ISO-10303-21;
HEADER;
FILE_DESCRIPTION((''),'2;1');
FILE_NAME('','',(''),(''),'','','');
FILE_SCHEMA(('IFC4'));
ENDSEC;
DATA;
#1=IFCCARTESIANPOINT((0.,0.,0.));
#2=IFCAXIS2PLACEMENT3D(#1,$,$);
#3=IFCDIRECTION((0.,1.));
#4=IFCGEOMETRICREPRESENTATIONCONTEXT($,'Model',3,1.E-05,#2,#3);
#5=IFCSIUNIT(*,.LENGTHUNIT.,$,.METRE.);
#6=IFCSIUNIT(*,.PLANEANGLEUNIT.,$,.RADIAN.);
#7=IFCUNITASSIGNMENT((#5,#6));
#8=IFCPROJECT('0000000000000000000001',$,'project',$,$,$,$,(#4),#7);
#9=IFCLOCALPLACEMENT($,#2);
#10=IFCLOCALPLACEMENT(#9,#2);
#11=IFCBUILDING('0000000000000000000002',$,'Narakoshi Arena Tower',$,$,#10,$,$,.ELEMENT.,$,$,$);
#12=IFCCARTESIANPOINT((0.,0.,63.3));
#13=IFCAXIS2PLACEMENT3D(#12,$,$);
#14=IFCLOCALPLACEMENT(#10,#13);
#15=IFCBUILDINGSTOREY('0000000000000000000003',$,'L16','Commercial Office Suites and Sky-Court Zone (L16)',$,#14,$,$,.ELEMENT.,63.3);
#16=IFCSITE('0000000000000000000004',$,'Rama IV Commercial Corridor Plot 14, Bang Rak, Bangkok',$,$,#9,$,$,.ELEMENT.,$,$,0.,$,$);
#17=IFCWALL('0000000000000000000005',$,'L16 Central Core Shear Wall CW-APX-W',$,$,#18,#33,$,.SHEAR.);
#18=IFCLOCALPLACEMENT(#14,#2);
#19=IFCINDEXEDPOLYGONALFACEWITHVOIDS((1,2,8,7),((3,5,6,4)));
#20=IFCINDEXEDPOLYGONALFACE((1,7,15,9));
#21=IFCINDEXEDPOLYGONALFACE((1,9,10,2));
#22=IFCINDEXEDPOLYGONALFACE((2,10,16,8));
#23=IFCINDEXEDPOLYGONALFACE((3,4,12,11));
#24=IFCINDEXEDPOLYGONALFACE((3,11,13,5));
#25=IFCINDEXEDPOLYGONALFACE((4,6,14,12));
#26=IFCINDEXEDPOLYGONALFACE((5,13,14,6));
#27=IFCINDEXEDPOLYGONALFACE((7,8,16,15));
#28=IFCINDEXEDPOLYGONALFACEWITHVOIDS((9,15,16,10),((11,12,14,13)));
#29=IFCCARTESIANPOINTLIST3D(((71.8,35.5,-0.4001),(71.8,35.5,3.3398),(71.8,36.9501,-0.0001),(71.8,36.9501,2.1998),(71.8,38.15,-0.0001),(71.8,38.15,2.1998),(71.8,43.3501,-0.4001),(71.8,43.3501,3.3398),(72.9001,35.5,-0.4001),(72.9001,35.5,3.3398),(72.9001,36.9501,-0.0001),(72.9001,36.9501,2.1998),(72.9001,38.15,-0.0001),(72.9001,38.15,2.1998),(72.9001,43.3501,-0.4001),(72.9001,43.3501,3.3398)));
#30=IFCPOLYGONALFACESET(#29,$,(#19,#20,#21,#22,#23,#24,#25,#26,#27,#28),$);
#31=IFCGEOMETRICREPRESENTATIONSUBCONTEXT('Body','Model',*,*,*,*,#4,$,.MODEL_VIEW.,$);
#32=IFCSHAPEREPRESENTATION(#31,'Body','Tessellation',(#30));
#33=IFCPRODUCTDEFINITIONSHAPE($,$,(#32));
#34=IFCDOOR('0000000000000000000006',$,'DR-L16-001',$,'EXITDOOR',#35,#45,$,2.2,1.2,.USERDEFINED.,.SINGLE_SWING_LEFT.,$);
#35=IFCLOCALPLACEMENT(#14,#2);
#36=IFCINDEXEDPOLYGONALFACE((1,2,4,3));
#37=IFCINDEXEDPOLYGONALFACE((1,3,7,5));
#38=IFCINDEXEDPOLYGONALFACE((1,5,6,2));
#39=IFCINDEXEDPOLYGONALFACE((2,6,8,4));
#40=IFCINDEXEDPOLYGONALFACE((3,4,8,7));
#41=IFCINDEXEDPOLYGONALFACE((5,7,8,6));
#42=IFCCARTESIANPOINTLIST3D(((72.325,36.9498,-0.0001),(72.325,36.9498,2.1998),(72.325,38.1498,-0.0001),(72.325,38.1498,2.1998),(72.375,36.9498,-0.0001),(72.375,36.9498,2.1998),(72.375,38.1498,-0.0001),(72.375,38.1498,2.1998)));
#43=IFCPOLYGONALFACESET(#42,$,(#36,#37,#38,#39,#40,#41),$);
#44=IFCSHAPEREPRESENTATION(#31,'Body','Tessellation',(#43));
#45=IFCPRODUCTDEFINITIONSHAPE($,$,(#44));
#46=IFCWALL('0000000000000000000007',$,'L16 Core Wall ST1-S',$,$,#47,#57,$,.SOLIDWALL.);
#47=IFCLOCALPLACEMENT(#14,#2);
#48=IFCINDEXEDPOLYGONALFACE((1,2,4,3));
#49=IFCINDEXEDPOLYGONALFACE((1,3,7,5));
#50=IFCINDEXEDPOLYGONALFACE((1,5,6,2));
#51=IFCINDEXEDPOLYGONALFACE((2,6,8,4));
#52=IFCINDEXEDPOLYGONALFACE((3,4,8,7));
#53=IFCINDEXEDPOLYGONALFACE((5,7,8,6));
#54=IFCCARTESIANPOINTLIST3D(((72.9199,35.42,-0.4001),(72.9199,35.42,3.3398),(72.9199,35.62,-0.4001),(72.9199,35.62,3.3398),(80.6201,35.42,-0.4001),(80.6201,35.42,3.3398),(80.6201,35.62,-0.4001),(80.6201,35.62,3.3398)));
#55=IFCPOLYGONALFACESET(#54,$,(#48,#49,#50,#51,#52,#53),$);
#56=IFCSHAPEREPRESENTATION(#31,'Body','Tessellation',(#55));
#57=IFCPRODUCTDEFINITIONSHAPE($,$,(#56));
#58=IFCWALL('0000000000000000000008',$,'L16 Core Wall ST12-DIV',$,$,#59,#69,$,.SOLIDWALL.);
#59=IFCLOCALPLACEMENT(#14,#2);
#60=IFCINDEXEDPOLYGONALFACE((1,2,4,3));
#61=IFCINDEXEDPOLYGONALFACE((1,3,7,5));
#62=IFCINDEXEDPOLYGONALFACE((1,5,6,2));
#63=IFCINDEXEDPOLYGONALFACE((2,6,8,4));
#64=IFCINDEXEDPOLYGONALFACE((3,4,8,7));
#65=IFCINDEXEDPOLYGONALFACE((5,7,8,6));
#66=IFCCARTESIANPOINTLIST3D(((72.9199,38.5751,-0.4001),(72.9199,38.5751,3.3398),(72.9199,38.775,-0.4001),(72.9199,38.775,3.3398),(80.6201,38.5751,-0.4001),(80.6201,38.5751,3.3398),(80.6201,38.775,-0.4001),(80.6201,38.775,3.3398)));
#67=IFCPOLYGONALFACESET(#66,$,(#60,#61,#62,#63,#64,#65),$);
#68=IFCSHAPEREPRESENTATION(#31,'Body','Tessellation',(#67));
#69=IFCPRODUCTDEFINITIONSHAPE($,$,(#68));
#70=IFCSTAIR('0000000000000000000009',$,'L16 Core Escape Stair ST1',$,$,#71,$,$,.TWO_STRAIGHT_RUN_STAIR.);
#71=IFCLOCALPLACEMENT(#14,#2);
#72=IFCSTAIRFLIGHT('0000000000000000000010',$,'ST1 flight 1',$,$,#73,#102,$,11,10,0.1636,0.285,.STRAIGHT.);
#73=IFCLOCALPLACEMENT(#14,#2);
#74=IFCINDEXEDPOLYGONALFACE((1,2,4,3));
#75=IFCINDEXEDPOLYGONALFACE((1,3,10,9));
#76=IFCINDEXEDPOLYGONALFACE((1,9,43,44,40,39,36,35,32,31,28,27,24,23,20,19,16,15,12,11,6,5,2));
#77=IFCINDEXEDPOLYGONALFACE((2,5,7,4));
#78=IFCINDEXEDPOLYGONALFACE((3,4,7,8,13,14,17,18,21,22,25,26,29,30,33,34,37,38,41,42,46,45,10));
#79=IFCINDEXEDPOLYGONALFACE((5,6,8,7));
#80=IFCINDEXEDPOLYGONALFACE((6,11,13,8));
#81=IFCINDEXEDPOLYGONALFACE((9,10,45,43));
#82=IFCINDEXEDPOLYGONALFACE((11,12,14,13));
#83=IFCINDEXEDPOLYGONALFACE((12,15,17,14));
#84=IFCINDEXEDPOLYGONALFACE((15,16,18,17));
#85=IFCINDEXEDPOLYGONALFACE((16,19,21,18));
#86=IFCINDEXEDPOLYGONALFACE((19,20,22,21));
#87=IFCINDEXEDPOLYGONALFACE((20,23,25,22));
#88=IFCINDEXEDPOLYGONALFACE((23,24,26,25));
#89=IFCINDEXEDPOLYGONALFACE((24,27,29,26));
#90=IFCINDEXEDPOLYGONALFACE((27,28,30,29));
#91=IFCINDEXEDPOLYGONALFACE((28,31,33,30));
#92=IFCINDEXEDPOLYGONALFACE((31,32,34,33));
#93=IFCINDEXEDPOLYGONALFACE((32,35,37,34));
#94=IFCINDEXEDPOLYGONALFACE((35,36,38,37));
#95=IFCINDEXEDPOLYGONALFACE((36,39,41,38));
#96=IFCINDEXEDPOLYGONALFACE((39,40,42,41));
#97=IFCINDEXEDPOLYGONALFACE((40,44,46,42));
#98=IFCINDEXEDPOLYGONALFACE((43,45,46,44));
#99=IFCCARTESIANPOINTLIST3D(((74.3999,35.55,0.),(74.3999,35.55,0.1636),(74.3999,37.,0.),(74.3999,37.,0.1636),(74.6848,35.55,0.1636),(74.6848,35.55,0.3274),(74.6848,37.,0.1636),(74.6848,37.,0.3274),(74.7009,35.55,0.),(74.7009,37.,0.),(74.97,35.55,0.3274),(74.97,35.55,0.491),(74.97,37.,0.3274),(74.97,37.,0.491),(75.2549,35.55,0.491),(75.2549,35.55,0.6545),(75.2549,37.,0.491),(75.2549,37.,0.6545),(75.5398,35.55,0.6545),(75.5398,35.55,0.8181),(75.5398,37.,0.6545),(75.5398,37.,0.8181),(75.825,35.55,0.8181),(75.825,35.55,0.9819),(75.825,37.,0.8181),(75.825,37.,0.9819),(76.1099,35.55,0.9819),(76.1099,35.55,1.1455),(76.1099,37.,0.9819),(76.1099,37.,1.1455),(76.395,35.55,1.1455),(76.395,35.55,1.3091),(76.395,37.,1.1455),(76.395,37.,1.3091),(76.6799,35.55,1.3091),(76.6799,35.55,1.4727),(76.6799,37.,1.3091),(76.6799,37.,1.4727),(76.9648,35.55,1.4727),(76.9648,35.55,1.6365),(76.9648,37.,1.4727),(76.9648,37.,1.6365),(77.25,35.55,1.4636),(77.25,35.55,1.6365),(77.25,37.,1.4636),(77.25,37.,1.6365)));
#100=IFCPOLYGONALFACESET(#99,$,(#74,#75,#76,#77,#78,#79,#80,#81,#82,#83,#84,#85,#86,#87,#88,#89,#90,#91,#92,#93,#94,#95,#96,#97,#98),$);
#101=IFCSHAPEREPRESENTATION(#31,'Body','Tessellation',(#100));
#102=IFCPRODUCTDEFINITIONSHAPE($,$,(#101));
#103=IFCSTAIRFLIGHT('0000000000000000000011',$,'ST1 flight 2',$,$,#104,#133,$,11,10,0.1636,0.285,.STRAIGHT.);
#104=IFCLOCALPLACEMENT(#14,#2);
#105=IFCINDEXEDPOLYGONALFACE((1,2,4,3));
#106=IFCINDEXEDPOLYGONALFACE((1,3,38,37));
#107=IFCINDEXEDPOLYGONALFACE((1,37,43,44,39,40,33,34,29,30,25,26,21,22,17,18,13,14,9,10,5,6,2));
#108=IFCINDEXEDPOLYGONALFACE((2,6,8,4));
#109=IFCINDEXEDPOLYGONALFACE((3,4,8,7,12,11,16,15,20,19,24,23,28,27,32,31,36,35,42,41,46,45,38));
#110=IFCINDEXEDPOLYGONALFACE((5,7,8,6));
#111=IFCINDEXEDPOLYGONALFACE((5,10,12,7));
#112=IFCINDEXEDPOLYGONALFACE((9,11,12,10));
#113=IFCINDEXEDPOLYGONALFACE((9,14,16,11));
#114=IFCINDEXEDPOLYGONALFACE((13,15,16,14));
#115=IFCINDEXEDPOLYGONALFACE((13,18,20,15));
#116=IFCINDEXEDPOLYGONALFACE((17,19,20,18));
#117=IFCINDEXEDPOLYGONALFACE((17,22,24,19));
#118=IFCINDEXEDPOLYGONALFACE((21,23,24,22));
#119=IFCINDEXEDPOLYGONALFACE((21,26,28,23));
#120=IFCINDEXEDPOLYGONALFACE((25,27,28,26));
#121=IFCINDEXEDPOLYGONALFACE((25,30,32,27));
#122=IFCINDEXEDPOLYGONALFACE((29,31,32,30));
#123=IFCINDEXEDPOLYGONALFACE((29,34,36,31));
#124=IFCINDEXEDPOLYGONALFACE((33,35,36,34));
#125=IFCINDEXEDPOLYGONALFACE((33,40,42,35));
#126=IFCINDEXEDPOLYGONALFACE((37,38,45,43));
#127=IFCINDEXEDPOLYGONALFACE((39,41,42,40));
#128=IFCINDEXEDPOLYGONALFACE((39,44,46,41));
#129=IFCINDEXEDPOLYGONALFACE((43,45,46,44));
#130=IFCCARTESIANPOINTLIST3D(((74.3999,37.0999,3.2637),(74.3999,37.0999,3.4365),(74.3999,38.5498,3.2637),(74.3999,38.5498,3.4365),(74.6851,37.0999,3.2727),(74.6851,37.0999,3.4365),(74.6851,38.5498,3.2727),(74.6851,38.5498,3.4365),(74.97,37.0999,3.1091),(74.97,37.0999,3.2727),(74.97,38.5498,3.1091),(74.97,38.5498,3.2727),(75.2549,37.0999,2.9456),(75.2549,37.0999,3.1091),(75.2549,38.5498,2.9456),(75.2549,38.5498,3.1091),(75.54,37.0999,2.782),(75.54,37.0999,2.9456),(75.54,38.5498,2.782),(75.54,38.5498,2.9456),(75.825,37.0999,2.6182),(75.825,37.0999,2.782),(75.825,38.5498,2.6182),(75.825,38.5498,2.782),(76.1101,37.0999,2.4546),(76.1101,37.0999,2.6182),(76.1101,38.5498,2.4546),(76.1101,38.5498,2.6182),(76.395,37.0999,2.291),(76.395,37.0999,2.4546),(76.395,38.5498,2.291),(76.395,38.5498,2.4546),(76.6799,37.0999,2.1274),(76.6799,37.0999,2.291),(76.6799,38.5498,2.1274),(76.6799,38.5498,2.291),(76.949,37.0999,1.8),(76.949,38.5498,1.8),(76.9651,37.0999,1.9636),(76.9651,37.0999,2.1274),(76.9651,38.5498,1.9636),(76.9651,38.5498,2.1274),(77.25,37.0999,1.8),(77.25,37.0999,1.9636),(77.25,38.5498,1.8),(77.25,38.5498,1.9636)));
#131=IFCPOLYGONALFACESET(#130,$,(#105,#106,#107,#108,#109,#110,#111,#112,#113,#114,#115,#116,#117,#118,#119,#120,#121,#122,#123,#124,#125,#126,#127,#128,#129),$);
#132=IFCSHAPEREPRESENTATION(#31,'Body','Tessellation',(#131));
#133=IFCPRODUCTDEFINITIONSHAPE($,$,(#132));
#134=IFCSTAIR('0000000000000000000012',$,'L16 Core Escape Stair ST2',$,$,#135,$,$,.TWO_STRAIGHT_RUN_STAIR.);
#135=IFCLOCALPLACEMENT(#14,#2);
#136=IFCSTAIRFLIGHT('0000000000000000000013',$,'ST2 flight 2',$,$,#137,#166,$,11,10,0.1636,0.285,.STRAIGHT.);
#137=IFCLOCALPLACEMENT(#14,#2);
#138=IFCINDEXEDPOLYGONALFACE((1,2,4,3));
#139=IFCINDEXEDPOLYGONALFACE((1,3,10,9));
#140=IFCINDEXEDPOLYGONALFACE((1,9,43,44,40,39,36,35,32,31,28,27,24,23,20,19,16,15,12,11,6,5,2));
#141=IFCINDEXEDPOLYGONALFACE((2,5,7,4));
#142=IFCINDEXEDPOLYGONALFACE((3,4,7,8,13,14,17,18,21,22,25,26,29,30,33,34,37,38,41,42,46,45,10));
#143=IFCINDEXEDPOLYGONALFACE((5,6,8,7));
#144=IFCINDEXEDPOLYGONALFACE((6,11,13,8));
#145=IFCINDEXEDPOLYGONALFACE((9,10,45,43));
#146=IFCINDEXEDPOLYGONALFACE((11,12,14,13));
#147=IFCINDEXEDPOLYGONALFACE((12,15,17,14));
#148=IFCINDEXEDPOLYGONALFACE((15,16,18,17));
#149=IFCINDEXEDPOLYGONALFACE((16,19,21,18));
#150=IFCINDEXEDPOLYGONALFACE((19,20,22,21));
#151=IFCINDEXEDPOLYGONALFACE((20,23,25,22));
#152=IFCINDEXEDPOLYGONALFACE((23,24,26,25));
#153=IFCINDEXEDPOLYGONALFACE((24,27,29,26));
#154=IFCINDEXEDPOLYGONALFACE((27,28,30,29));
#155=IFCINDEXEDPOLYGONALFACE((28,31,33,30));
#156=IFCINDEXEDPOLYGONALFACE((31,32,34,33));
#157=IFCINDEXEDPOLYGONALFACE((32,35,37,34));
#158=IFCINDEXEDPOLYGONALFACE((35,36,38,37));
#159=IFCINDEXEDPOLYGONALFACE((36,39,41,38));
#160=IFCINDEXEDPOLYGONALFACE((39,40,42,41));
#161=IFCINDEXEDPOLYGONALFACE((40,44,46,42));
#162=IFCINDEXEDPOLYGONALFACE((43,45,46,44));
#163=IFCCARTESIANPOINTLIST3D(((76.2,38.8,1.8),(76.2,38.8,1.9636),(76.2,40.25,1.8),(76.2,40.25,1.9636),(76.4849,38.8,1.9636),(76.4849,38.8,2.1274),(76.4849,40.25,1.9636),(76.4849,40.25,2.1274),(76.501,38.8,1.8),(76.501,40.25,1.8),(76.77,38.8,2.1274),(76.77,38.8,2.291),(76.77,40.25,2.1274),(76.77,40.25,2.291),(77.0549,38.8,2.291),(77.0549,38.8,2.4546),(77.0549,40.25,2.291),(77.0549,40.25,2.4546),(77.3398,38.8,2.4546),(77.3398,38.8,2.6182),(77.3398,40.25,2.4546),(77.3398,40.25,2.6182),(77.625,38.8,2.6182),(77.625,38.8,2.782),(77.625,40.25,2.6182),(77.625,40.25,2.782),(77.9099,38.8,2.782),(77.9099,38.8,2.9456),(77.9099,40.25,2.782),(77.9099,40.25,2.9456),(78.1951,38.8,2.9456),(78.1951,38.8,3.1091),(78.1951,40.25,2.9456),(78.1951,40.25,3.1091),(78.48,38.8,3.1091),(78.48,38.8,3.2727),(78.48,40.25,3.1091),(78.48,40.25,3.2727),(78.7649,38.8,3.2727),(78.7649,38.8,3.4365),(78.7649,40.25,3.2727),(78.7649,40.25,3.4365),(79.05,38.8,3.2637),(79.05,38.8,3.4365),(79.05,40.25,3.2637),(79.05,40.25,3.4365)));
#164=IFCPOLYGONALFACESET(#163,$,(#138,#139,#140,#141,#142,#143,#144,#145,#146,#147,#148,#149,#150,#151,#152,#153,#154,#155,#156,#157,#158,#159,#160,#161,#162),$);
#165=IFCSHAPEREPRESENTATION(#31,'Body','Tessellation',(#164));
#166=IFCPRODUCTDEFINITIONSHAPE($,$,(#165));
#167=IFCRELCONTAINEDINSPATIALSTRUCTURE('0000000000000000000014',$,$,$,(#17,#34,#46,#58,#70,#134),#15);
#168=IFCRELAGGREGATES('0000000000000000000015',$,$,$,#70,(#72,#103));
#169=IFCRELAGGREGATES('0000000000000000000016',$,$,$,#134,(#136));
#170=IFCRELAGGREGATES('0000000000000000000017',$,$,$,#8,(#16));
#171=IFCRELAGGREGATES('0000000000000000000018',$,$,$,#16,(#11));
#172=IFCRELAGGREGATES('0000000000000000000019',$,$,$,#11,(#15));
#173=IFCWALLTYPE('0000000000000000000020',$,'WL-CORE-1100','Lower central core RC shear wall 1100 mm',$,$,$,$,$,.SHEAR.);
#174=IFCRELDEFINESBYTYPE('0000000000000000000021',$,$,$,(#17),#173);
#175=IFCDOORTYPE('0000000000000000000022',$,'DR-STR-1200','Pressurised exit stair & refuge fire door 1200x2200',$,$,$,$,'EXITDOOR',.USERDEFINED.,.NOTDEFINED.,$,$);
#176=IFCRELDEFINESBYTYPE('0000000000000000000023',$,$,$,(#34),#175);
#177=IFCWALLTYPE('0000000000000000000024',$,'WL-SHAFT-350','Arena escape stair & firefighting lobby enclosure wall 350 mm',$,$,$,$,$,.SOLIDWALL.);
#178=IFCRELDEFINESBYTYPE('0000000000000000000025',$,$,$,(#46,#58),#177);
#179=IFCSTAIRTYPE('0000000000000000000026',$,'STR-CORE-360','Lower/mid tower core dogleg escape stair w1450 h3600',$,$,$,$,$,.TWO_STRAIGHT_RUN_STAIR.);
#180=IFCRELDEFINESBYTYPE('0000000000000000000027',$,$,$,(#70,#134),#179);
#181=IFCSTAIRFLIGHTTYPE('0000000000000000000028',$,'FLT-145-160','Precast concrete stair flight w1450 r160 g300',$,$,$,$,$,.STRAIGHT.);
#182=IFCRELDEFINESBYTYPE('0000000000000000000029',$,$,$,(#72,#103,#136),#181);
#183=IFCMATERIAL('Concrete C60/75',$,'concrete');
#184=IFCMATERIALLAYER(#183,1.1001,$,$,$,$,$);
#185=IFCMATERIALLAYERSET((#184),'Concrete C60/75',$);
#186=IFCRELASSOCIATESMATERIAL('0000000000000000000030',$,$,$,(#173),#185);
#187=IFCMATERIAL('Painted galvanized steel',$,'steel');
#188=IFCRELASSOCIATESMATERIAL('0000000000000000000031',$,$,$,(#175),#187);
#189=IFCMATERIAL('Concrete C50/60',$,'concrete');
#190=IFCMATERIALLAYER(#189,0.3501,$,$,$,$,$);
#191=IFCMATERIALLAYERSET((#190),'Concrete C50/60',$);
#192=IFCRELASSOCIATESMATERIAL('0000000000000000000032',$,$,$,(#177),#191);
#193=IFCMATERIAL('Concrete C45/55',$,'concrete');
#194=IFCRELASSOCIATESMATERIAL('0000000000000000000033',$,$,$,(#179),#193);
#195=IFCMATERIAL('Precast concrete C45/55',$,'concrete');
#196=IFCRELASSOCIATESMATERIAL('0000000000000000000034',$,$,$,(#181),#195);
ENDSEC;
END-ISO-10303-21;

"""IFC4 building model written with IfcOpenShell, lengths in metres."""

from ifc_helpers import new_model, si_unit, direction, frame, frame_2d, origin, place, context, subcontext, project, spatial, polyline, rectangle, outline, extrude, material, layer, layer_set, type_object, element, fill, aggregate, save


model = new_model("IFC4")

# Units and contexts
model_context = context("Model", 3, precision=1e-05, world=origin(), true_north=direction((0.0, 1.0)))
body_context = subcontext(model_context, "Body", "Model", "MODEL_VIEW")
ifc_project = project(units=[si_unit("LENGTHUNIT", "METRE"), si_unit("PLANEANGLEUNIT", "RADIAN")], contexts=[model_context])

# Site, building, storey
site_placement = place(None, origin())
site = spatial("IfcSite", under=ifc_project, at=site_placement, Name="Rama IV Commercial Corridor Plot 14, Bang Rak, Bangkok", CompositionType="ELEMENT", RefElevation=0.0)
building_placement = place(site_placement, origin())
building = spatial("IfcBuilding", under=site, at=building_placement, Name="Narakoshi Arena Tower", CompositionType="ELEMENT")
storey_placement = place(building_placement, frame((0.0, 0.0, 63.3)))
storey = spatial("IfcBuildingStorey", under=building, at=storey_placement, Name="L16", Description="Commercial Office Suites and Sky-Court Zone (L16)", CompositionType="ELEMENT", Elevation=63.3)

# Wall, opening, door
ifc_material_1 = material(Name="Concrete C60/75", Category="concrete")
ifc_layer_1 = layer(ifc_material_1, 1.1001)
ifc_layer_set_1 = layer_set([ifc_layer_1], Name="Concrete C60/75")
wall_type_1 = type_object("IfcWallType", Name="WL-CORE-1100", Description="Lower central core RC shear wall 1100 mm", PredefinedType="SHEAR", material=ifc_layer_set_1)
wall_placement = place(storey_placement, frame((72.3501, 35.5, -0.4001), z_axis=(0.0, 0.0, 1.0), x_axis=(0.0, 1.0, 0.0)))
wall = element("IfcWall", 1, at=wall_placement, inside=storey, type_object=wall_type_1, Name="L16 Central Core Shear Wall CW-APX-W", PredefinedType="SHEAR", context=body_context, shape_type="SweptSolid", body=[
    extrude(rectangle(XDim=7.8501, YDim=1.1001, at=frame_2d((3.925, 0.0))), origin(), (0.0, 0.0, 1.0), 3.74),
])
opening_placement = place(wall_placement, frame((1.45, 0.0, 0.3999)))
opening = element("IfcOpeningElement", 2, at=opening_placement, cuts=wall, PredefinedType="OPENING", context=body_context, shape_type="SweptSolid", body=[
    extrude(rectangle(XDim=1.2, YDim=2.2, at=frame_2d((0.6001, 1.1001))), frame((0.0, 0.5601, 0.0), z_axis=(0.0, -1.0, 0.0), x_axis=(1.0, 0.0, 0.0)), (0.0, 0.0, 1.0), 1.1201),
])
ifc_material_2 = material(Name="Painted galvanized steel", Category="steel")
door_type = type_object("IfcDoorType", Name="DR-STR-1200", Description="Pressurised exit stair & refuge fire door 1200x2200", ElementType="EXITDOOR", OperationType="NOTDEFINED", PredefinedType="USERDEFINED", material=ifc_material_2)
door_placement = place(opening_placement, frame((1.2, 0.0, 0.0), z_axis=(0.0, 0.0, 1.0), x_axis=(-1.0, 0.0, 0.0)))
door = element("IfcDoor", 3, at=door_placement, inside=storey, type_object=door_type, Name="DR-L16-001", ObjectType="EXITDOOR", OperationType="SINGLE_SWING_LEFT", OverallHeight=2.2, OverallWidth=1.2, PredefinedType="USERDEFINED", context=body_context, shape_type="SweptSolid", body=[
    extrude(rectangle(XDim=1.2, YDim=2.2, at=frame_2d((0.6001, 1.1001))), frame((0.0, 0.0249, 0.0), z_axis=(0.0, -1.0, 0.0), x_axis=(1.0, 0.0, 0.0)), (0.0, 0.0, 1.0), 0.05),
])
fill(opening, door)

# Walls
ifc_material_3 = material(Name="Concrete C50/60", Category="concrete")
ifc_layer_2 = layer(ifc_material_3, 0.3501)
ifc_layer_set_2 = layer_set([ifc_layer_2], Name="Concrete C50/60")
wall_type_2 = type_object("IfcWallType", Name="WL-SHAFT-350", Description="Arena escape stair & firefighting lobby enclosure wall 350 mm", PredefinedType="SOLIDWALL", material=ifc_layer_set_2)
for number, where, z_axis, x_axis, name in (
    (4, (72.9199, 35.52, -0.4001), (0.0, 0.0, 1.0), (1.0, 0.0, 0.0), "L16 Core Wall ST1-S"),
    (5, (72.9199, 38.675, -0.4001), (0.0, 0.0, 1.0), (1.0, 0.0, 0.0), "L16 Core Wall ST12-DIV"),
):
    element("IfcWall", number, at=place(storey_placement, frame(where, z_axis=z_axis, x_axis=x_axis)), inside=storey, type_object=wall_type_2, Name=name, PredefinedType="SOLIDWALL", context=body_context, shape_type="SweptSolid", body=[
        extrude(rectangle(XDim=7.7002, YDim=0.2, at=frame_2d((3.8501, 0.0))), origin(), (0.0, 0.0, 1.0), 3.74),
    ])

# Stair, stair flights
ifc_material_4 = material(Name="Concrete C45/55", Category="concrete")
stair_type = type_object("IfcStairType", Name="STR-CORE-360", Description="Lower/mid tower core dogleg escape stair w1450 h3600", PredefinedType="TWO_STRAIGHT_RUN_STAIR", material=ifc_material_4)
stair_1_placement = place(storey_placement, origin())
stair_1 = element("IfcStair", 6, at=stair_1_placement, inside=storey, type_object=stair_type, Name="L16 Core Escape Stair ST1", PredefinedType="TWO_STRAIGHT_RUN_STAIR")
ifc_material_5 = material(Name="Precast concrete C45/55", Category="concrete")
stair_flight_type = type_object("IfcStairFlightType", Name="FLT-145-160", Description="Precast concrete stair flight w1450 r160 g300", PredefinedType="STRAIGHT", material=ifc_material_5)
stair_flight_1_placement = place(storey_placement, frame((74.3999, 36.2749, 0.0), z_axis=(0.0, 0.0, 1.0), x_axis=(1.0, 0.0, 0.0)))
stair_flight_1 = element("IfcStairFlight", 7, at=stair_flight_1_placement, type_object=stair_flight_type, Name="ST1 flight 1", NumberOfRisers=11, NumberOfTreads=10, PredefinedType="STRAIGHT", RiserHeight=0.1636, TreadLength=0.285, context=body_context, shape_type="SweptSolid", body=[
    extrude(outline(polyline([(0.0, 0.0), (0.0, 0.1636), (0.2849, 0.1636), (0.2849, 0.3274), (0.5701, 0.3274), (0.5701, 0.491), (0.855, 0.491), (0.855, 0.6545), (1.1399, 0.6545), (1.1399, 0.8181), (1.425, 0.8181), (1.425, 0.9819), (1.71, 0.9819), (1.71, 1.1455), (1.9951, 1.1455), (1.9951, 1.3091), (2.28, 1.3091), (2.28, 1.4727), (2.5649, 1.4727), (2.5649, 1.6365), (2.8501, 1.6365), (2.8501, 1.8), (2.8501, 1.4636), (0.301, 0.0), (0.0, 0.0)])), frame((0.0, 0.7251, 0.0), z_axis=(0.0, -1.0, 0.0), x_axis=(1.0, 0.0, 0.0)), (0.0, 0.0, 1.0), 1.45),
])
stair_flight_2_placement = place(storey_placement, frame((77.25, 37.825, 1.8), z_axis=(0.0, 0.0, 1.0), x_axis=(-1.0, 0.0, 0.0)))
stair_flight_2 = element("IfcStairFlight", 8, at=stair_flight_2_placement, type_object=stair_flight_type, Name="ST1 flight 2", NumberOfRisers=11, NumberOfTreads=10, PredefinedType="STRAIGHT", RiserHeight=0.1636, TreadLength=0.285, context=body_context, shape_type="SweptSolid", body=[
    extrude(outline(polyline([(0.0, 0.0), (0.0, 0.1636), (0.2849, 0.1636), (0.2849, 0.3274), (0.5701, 0.3274), (0.5701, 0.491), (0.855, 0.491), (0.855, 0.6545), (1.1399, 0.6545), (1.1399, 0.8181), (1.425, 0.8181), (1.425, 0.9819), (1.71, 0.9819), (1.71, 1.1455), (1.9951, 1.1455), (1.9951, 1.3091), (2.28, 1.3091), (2.28, 1.4727), (2.5649, 1.4727), (2.5649, 1.6365), (2.8501, 1.6365), (2.8501, 1.8), (2.8501, 1.4636), (0.301, 0.0), (0.0, 0.0)])), frame((0.0, 0.7251, 0.0), z_axis=(0.0, -1.0, 0.0), x_axis=(1.0, 0.0, 0.0)), (0.0, 0.0, 1.0), 1.45),
])
aggregate(stair_1, [stair_flight_1, stair_flight_2])

# Stair, stair flight
stair_2_placement = place(storey_placement, origin())
stair_2 = element("IfcStair", 9, at=stair_2_placement, inside=storey, type_object=stair_type, Name="L16 Core Escape Stair ST2", PredefinedType="TWO_STRAIGHT_RUN_STAIR")
stair_flight_3_placement = place(storey_placement, frame((76.2, 39.5249, 1.8), z_axis=(0.0, 0.0, 1.0), x_axis=(1.0, 0.0, 0.0)))
stair_flight_3 = element("IfcStairFlight", 10, at=stair_flight_3_placement, type_object=stair_flight_type, Name="ST2 flight 2", NumberOfRisers=11, NumberOfTreads=10, PredefinedType="STRAIGHT", RiserHeight=0.1636, TreadLength=0.285, context=body_context, shape_type="SweptSolid", body=[
    extrude(outline(polyline([(0.0, 0.0), (0.0, 0.1636), (0.2849, 0.1636), (0.2849, 0.3274), (0.5701, 0.3274), (0.5701, 0.491), (0.855, 0.491), (0.855, 0.6545), (1.1399, 0.6545), (1.1399, 0.8181), (1.425, 0.8181), (1.425, 0.9819), (1.71, 0.9819), (1.71, 1.1455), (1.9951, 1.1455), (1.9951, 1.3091), (2.28, 1.3091), (2.28, 1.4727), (2.5649, 1.4727), (2.5649, 1.6365), (2.8501, 1.6365), (2.8501, 1.8), (2.8501, 1.4636), (0.301, 0.0), (0.0, 0.0)])), frame((0.0, 0.7251, 0.0), z_axis=(0.0, -1.0, 0.0), x_axis=(1.0, 0.0, 0.0)), (0.0, 0.0, 1.0), 1.45),
])
aggregate(stair_2, [stair_flight_3])

save(model, "model.ifc")
